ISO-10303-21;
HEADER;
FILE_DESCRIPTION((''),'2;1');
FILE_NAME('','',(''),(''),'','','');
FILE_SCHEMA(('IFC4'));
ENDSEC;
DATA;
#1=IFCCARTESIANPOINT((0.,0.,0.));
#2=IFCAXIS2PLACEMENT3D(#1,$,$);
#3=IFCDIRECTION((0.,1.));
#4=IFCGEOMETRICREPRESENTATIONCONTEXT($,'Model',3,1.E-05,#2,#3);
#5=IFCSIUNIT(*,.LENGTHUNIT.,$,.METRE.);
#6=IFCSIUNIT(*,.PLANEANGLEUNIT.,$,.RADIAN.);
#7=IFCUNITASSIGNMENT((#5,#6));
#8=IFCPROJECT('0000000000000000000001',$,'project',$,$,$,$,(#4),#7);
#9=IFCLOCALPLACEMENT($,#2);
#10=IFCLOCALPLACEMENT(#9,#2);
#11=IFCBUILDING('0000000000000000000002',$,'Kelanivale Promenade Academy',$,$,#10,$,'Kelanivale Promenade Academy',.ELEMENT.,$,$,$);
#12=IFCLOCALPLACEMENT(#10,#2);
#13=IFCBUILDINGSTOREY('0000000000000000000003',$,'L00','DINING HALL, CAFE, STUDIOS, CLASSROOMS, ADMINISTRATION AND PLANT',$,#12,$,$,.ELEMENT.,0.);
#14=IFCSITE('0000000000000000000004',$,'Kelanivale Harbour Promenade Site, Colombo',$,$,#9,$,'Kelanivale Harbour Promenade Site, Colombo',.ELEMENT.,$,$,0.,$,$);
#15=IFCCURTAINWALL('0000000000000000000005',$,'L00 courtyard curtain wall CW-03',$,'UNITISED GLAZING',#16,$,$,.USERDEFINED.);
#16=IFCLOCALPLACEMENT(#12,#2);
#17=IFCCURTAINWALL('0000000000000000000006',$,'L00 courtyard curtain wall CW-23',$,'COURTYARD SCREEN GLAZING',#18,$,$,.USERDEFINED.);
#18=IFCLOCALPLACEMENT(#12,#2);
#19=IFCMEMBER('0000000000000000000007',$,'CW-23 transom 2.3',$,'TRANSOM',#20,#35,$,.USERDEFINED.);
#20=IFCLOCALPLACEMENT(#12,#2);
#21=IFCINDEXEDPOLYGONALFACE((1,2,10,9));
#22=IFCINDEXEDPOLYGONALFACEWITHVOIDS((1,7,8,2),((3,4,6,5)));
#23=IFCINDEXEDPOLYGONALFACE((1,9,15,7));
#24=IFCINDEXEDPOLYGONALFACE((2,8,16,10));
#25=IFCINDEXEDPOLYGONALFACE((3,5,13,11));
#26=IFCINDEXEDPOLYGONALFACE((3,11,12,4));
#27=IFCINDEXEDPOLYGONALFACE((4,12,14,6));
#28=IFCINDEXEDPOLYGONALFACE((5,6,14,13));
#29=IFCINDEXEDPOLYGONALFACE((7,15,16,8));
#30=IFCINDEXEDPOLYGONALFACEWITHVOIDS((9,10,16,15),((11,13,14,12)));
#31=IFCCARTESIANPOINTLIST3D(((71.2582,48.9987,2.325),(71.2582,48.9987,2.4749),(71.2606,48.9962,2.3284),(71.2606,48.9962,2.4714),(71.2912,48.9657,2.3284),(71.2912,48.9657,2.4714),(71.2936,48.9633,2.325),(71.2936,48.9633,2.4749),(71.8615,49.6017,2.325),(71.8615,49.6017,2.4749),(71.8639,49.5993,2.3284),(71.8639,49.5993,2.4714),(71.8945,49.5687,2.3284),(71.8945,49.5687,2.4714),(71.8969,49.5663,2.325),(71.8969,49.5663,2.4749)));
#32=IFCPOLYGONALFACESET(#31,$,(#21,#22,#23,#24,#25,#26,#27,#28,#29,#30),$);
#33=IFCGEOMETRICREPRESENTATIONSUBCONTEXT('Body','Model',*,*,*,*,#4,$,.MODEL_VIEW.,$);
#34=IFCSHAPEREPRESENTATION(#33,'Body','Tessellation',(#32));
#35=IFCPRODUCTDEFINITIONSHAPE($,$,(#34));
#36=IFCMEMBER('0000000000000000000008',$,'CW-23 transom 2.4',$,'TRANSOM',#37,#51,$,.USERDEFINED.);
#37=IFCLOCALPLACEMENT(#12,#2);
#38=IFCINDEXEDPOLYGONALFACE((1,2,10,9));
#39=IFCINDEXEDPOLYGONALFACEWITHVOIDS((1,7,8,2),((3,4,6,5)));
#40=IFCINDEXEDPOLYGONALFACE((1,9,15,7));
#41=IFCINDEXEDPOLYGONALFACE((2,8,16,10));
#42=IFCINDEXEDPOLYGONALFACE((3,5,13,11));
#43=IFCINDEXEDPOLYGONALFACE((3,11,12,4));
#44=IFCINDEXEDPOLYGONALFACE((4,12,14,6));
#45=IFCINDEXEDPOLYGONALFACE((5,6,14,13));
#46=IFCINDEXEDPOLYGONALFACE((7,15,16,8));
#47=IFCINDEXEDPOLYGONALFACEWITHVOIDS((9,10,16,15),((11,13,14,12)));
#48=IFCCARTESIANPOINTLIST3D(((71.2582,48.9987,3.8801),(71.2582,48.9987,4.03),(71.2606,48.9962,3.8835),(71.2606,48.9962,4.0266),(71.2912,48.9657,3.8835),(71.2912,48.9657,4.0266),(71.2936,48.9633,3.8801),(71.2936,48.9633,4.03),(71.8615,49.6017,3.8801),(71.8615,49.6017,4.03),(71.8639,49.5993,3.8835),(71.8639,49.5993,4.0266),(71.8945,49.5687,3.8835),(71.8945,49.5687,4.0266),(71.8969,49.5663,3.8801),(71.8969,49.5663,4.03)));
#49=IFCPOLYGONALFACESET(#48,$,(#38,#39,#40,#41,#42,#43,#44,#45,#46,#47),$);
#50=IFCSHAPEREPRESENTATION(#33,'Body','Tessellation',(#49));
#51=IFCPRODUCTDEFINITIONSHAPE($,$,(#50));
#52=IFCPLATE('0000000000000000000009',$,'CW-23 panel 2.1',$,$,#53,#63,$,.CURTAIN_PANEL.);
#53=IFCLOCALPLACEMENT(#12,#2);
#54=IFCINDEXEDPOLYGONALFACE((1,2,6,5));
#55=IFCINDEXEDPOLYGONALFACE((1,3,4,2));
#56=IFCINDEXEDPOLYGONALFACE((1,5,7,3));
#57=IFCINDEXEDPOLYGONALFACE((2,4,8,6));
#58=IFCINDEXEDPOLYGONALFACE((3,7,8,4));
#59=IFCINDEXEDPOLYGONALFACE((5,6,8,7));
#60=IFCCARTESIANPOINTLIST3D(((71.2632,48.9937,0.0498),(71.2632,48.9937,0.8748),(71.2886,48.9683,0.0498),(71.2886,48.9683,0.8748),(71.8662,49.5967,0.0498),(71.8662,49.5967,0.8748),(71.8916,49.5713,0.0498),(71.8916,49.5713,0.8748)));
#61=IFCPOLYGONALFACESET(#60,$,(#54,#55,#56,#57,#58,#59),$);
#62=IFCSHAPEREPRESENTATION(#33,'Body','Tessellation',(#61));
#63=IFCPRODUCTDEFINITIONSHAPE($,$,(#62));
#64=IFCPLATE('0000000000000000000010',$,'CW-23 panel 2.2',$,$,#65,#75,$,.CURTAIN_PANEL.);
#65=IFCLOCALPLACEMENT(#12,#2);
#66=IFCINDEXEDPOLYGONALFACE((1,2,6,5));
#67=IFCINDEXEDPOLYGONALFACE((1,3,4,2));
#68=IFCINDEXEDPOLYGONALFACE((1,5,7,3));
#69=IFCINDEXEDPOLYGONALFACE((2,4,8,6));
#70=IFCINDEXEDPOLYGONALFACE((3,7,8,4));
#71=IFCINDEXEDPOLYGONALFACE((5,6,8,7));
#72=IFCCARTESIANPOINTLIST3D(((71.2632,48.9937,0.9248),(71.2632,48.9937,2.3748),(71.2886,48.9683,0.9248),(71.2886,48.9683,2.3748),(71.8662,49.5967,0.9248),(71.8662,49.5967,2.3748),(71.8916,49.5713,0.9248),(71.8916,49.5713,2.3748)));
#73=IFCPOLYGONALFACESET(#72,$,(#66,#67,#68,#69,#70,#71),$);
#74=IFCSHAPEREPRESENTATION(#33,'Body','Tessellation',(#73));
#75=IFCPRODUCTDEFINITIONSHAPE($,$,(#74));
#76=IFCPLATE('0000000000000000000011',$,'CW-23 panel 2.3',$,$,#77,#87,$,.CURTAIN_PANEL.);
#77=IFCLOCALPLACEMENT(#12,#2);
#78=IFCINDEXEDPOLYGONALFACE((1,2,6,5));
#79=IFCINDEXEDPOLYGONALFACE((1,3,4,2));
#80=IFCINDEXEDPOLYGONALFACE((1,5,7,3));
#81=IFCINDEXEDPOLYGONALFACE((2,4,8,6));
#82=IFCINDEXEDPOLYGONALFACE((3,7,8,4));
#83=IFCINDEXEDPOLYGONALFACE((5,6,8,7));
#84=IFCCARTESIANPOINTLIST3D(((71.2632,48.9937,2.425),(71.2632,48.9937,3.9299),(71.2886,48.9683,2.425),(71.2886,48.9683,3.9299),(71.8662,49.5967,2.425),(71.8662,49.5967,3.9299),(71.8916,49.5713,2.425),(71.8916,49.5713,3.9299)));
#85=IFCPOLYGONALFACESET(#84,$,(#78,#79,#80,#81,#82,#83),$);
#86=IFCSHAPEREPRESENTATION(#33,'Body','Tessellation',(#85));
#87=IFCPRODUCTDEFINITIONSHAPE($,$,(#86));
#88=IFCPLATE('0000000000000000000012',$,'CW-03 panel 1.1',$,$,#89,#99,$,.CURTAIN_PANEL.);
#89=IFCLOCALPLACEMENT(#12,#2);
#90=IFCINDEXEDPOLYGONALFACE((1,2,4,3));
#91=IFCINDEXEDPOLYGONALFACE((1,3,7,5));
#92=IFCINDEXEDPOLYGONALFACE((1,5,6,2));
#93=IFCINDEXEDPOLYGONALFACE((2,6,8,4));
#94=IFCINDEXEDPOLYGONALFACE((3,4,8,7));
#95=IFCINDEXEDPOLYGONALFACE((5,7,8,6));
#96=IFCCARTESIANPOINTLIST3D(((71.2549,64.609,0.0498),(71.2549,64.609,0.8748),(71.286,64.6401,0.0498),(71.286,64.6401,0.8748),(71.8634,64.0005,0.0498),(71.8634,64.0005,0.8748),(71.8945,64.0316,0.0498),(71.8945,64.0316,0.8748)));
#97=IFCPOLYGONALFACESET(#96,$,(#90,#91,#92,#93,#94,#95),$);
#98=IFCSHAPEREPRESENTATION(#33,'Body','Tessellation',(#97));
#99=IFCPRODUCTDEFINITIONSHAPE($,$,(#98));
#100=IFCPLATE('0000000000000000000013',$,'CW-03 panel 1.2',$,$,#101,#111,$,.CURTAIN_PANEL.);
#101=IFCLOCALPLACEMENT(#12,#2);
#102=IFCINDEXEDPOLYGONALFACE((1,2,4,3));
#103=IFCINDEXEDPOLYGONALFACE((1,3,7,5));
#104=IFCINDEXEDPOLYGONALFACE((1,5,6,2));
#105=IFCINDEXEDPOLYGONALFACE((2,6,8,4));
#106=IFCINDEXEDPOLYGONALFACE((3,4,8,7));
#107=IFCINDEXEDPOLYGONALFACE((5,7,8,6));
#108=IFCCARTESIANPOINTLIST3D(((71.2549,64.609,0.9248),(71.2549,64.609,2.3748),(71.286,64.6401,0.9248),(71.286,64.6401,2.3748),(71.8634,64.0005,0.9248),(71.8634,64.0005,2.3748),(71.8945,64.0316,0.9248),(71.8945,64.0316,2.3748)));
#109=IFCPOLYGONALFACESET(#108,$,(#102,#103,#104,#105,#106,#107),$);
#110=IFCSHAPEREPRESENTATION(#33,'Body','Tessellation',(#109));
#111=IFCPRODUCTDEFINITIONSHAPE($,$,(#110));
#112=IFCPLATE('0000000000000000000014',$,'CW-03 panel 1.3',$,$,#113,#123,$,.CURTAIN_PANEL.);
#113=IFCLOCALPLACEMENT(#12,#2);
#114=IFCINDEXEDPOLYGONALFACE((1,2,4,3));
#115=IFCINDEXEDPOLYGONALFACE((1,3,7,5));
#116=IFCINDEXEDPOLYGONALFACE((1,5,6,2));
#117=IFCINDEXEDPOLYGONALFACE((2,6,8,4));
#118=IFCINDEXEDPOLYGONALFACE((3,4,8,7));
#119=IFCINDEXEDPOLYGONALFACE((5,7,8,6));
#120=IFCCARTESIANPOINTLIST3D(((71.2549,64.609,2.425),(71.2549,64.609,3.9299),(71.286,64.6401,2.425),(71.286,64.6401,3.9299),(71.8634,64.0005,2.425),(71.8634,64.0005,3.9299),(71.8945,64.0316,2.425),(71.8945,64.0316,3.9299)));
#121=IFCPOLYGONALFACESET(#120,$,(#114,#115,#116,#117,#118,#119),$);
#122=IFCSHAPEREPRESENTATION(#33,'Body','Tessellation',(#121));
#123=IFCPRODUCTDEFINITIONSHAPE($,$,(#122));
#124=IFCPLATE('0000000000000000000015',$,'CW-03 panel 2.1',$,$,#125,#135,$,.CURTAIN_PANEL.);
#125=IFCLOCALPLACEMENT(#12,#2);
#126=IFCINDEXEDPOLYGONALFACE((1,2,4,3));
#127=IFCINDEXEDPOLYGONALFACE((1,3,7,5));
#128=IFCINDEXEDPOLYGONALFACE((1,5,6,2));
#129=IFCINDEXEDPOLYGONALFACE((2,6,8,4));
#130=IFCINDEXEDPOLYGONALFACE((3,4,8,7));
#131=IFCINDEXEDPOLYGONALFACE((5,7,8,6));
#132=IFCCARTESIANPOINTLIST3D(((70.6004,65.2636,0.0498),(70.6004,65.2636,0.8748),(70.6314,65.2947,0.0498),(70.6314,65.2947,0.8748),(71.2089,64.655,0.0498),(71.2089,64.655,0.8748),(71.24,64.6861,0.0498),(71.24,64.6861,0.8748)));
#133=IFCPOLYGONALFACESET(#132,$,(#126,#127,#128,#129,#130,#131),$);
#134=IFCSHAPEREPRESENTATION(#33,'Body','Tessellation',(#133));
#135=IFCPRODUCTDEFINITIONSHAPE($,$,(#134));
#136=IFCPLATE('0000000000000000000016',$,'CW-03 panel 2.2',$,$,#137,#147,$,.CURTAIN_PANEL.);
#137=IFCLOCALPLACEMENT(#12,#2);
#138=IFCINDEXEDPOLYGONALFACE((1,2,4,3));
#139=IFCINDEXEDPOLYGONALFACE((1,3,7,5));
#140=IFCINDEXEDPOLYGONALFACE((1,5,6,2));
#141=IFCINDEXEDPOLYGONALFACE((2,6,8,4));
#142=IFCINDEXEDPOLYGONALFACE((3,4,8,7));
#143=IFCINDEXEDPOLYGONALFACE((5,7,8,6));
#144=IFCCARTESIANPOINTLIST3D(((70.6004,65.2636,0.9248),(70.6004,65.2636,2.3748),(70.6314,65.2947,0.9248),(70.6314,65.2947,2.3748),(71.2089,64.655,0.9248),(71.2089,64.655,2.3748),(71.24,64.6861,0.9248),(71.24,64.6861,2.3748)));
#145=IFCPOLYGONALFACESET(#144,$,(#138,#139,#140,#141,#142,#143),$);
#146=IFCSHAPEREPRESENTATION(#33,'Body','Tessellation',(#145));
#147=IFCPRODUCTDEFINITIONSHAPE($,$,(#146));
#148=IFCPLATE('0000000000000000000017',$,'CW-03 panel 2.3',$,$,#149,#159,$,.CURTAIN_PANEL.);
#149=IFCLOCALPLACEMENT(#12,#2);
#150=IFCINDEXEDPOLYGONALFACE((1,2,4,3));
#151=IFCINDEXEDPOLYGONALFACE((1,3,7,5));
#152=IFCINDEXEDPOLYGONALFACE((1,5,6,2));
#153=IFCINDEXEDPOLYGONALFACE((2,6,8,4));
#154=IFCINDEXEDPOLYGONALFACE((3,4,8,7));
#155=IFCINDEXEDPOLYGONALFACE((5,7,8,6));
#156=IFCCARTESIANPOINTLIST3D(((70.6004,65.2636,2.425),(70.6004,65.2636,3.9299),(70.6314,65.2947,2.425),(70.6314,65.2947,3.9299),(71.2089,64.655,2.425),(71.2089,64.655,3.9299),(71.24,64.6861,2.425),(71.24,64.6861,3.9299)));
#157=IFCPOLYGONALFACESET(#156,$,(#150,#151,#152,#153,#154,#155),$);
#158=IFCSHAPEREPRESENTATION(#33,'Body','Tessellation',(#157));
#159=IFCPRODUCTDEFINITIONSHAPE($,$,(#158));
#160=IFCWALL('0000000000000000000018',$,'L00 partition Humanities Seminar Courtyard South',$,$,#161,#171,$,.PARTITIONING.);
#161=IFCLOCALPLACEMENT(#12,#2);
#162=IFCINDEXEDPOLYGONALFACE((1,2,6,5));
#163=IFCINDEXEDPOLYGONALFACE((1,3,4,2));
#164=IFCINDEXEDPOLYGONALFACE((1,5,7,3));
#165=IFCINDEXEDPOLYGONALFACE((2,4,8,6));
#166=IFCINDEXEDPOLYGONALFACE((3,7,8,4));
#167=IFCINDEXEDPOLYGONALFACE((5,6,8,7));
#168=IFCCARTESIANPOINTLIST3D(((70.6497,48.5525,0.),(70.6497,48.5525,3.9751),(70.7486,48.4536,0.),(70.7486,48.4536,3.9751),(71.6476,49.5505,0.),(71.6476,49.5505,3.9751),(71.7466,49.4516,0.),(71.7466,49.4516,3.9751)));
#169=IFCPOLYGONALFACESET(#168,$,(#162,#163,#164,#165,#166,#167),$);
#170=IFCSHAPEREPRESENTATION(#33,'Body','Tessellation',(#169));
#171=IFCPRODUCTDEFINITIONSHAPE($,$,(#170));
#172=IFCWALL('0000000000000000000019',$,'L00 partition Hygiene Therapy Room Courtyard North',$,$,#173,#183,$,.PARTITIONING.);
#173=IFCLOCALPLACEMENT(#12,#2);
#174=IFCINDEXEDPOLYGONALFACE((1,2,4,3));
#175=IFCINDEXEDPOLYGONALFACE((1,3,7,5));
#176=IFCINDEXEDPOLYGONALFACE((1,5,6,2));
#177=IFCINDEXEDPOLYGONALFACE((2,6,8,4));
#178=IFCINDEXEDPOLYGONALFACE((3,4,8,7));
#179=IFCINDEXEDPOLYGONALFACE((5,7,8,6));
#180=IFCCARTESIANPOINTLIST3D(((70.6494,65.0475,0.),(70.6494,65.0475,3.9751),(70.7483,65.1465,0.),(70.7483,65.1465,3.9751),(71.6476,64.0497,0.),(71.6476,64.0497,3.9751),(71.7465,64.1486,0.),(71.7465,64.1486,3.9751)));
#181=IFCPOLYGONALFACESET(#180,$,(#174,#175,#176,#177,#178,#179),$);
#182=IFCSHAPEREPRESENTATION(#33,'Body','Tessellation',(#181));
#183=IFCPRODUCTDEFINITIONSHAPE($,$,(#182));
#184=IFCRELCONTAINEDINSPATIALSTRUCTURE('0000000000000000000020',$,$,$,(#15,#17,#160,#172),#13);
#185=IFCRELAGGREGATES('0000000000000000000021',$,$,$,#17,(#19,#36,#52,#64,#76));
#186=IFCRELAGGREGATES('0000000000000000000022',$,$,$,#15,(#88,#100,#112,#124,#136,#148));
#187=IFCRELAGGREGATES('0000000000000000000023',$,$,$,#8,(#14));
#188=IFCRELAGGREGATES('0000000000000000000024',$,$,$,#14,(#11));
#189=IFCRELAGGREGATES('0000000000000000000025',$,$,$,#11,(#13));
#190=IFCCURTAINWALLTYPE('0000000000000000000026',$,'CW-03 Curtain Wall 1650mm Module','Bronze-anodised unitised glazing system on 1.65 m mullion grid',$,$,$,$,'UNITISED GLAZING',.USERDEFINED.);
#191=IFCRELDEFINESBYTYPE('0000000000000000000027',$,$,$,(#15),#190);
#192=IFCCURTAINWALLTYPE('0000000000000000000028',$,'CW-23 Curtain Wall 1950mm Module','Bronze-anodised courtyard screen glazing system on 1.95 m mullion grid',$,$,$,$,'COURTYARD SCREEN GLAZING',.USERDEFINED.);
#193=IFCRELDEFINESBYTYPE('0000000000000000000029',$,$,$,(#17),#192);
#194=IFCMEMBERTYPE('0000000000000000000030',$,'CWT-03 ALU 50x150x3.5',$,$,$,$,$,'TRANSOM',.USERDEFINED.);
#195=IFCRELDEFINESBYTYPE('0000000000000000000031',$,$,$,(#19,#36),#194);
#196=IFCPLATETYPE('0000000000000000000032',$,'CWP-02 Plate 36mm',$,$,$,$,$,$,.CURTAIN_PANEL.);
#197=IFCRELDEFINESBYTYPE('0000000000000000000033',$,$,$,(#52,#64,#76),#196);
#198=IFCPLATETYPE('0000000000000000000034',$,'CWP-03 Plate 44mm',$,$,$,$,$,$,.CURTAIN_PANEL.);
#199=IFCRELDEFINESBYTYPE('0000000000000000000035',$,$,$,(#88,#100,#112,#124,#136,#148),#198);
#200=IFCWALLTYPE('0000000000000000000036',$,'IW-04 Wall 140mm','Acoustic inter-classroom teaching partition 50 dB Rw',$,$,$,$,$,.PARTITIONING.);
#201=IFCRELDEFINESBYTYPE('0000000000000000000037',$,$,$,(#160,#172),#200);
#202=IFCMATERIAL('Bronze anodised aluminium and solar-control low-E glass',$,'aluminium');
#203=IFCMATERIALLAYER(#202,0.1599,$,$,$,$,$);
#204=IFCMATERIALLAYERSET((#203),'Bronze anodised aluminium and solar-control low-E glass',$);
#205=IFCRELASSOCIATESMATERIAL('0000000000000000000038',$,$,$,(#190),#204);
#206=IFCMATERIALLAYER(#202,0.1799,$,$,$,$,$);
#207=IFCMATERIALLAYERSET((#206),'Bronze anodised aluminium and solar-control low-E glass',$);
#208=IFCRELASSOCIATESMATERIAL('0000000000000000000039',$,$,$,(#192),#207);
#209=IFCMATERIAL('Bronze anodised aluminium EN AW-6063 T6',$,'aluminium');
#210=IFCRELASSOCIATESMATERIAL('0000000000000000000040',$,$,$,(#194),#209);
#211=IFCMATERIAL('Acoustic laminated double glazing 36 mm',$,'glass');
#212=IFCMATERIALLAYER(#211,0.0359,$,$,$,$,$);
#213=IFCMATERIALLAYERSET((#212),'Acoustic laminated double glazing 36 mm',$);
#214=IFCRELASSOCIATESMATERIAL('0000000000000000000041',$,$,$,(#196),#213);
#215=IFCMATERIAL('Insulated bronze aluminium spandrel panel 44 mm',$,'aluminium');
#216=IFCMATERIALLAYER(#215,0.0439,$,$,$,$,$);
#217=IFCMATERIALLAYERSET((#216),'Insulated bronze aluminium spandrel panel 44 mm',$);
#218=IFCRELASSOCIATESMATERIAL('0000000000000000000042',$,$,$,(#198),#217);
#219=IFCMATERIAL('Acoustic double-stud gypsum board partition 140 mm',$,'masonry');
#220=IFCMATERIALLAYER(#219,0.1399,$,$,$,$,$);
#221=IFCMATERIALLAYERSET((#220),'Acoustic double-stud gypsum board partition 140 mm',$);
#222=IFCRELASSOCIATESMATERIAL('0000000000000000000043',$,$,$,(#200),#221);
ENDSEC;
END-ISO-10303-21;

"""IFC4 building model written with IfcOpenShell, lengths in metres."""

from ifc_helpers import new_model, si_unit, direction, frame, frame_2d, origin, origin_2d, place, context, subcontext, project, spatial, rectangle, hollow_rectangle, extrude, material, layer, layer_set, material_profile, profile_set, type_object, element, aggregate, save


model = new_model("IFC4")

# Units and contexts
model_context = context("Model", 3, precision=1e-05, world=origin(), true_north=direction((0.0, 1.0)))
body_context = subcontext(model_context, "Body", "Model", "MODEL_VIEW")
ifc_project = project(units=[si_unit("LENGTHUNIT", "METRE"), si_unit("PLANEANGLEUNIT", "RADIAN")], contexts=[model_context])

# Site, building, storey
site_placement = place(None, origin())
site = spatial("IfcSite", under=ifc_project, at=site_placement, Name="Kelanivale Harbour Promenade Site, Colombo", LongName="Kelanivale Harbour Promenade Site, Colombo", CompositionType="ELEMENT", RefElevation=0.0)
building_placement = place(site_placement, origin())
building = spatial("IfcBuilding", under=site, at=building_placement, Name="Kelanivale Promenade Academy", LongName="Kelanivale Promenade Academy", CompositionType="ELEMENT")
storey_placement = place(building_placement, origin())
storey = spatial("IfcBuildingStorey", under=building, at=storey_placement, Name="L00", Description="DINING HALL, CAFE, STUDIOS, CLASSROOMS, ADMINISTRATION AND PLANT", CompositionType="ELEMENT", Elevation=0.0)

# Curtain walls
ifc_material_1 = material(Name="Bronze anodised aluminium and solar-control low-E glass", Category="aluminium")
ifc_layer_1 = layer(ifc_material_1, 0.1599)
ifc_layer_set_1 = layer_set([ifc_layer_1], Name="Bronze anodised aluminium and solar-control low-E glass")
curtain_wall_type_1 = type_object("IfcCurtainWallType", Name="CW-03 Curtain Wall 1650mm Module", Description="Bronze-anodised unitised glazing system on 1.65 m mullion grid", ElementType="UNITISED GLAZING", PredefinedType="USERDEFINED", material=ifc_layer_set_1)
curtain_wall_1_placement = place(storey_placement, origin())
curtain_wall_1 = element("IfcCurtainWall", 1, at=curtain_wall_1_placement, inside=storey, type_object=curtain_wall_type_1, Name="L00 courtyard curtain wall CW-03", ObjectType="UNITISED GLAZING", PredefinedType="USERDEFINED")
ifc_material_2 = material(Name="Bronze anodised aluminium EN AW-6063 T6", Category="aluminium")
ifc_layer_2 = layer(ifc_material_1, 0.1799)
ifc_layer_set_2 = layer_set([ifc_layer_2], Name="Bronze anodised aluminium and solar-control low-E glass")
curtain_wall_type_2 = type_object("IfcCurtainWallType", Name="CW-23 Curtain Wall 1950mm Module", Description="Bronze-anodised courtyard screen glazing system on 1.95 m mullion grid", ElementType="COURTYARD SCREEN GLAZING", PredefinedType="USERDEFINED", material=ifc_layer_set_2)
curtain_wall_2_placement = place(storey_placement, origin())
curtain_wall_2 = element("IfcCurtainWall", 2, at=curtain_wall_2_placement, inside=storey, type_object=curtain_wall_type_2, Name="L00 courtyard curtain wall CW-23", ObjectType="COURTYARD SCREEN GLAZING", PredefinedType="USERDEFINED")

# Members
ifc_material_profile_1 = material_profile(ifc_material_2, hollow_rectangle(XDim=0.05, YDim=0.1499, WallThickness=0.0034, at=origin_2d()), Name="ALU 50x150x3.5")
ifc_profile_set_1 = profile_set([ifc_material_profile_1], Name="Bronze anodised aluminium EN AW-6063 T6")
member_type_1 = type_object("IfcMemberType", Name="CWT-03 ALU 50x150x3.5", ElementType="TRANSOM", PredefinedType="USERDEFINED", material=ifc_profile_set_1)
member_1_placement = place(storey_placement, frame((71.2759, 48.981, 2.3999), z_axis=(0.70725, 0.706964, 0.0), x_axis=(-0.706964, 0.70725, 0.0)))
member_1 = element("IfcMember", 3, at=member_1_placement, type_object=member_type_1, Name="CW-23 transom 2.3", ObjectType="TRANSOM", PredefinedType="USERDEFINED", context=body_context, shape_type="SweptSolid", body=[
    extrude(hollow_rectangle(XDim=0.05, YDim=0.1499, WallThickness=0.0034, at=origin_2d()), origin(), (0.0, 0.0, 1.0), 0.853),
])
member_2_placement = place(storey_placement, frame((71.2759, 48.981, 3.9551), z_axis=(0.70725, 0.706964, 0.0), x_axis=(-0.706964, 0.70725, 0.0)))
member_2 = element("IfcMember", 4, at=member_2_placement, type_object=member_type_1, Name="CW-23 transom 2.4", ObjectType="TRANSOM", PredefinedType="USERDEFINED", context=body_context, shape_type="SweptSolid", body=[
    extrude(hollow_rectangle(XDim=0.05, YDim=0.1499, WallThickness=0.0034, at=origin_2d()), origin(), (0.0, 0.0, 1.0), 0.853),
])

# Plates
ifc_material_3 = material(Name="Acoustic laminated double glazing 36 mm", Category="glass")
ifc_layer_3 = layer(ifc_material_3, 0.0359)
ifc_layer_set_3 = layer_set([ifc_layer_3], Name="Acoustic laminated double glazing 36 mm")
plate_type_1 = type_object("IfcPlateType", Name="CWP-02 Plate 36mm", PredefinedType="CURTAIN_PANEL", material=ifc_layer_set_3)
plate_1_placement = place(storey_placement, frame((71.5774, 49.2825, 0.0498), z_axis=(0.0, 0.0, 1.0), x_axis=(0.707107, 0.707107, 0.0)))
plate_1 = element("IfcPlate", 5, at=plate_1_placement, type_object=plate_type_1, Name="CW-23 panel 2.1", PredefinedType="CURTAIN_PANEL", context=body_context, shape_type="SweptSolid", body=[
    extrude(rectangle(XDim=0.8528, YDim=0.0359, at=origin_2d()), origin(), (0.0, 0.0, 1.0), 0.825),
])
plate_2_placement = place(storey_placement, frame((71.5774, 49.2825, 0.9248), z_axis=(0.0, 0.0, 1.0), x_axis=(0.707107, 0.707107, 0.0)))
plate_2 = element("IfcPlate", 6, at=plate_2_placement, type_object=plate_type_1, Name="CW-23 panel 2.2", PredefinedType="CURTAIN_PANEL", context=body_context, shape_type="SweptSolid", body=[
    extrude(rectangle(XDim=0.8528, YDim=0.0359, at=origin_2d()), origin(), (0.0, 0.0, 1.0), 1.45),
])
plate_3_placement = place(storey_placement, frame((71.5774, 49.2825, 2.425), z_axis=(0.0, 0.0, 1.0), x_axis=(0.707107, 0.707107, 0.0)))
plate_3 = element("IfcPlate", 7, at=plate_3_placement, type_object=plate_type_1, Name="CW-23 panel 2.3", PredefinedType="CURTAIN_PANEL", context=body_context, shape_type="SweptSolid", body=[
    extrude(rectangle(XDim=0.8528, YDim=0.0359, at=origin_2d()), origin(), (0.0, 0.0, 1.0), 1.5049),
])
aggregate(curtain_wall_2, [member_1, member_2, plate_1, plate_2, plate_3])
ifc_material_4 = material(Name="Insulated bronze aluminium spandrel panel 44 mm", Category="aluminium")
ifc_layer_4 = layer(ifc_material_4, 0.0439)
ifc_layer_set_4 = layer_set([ifc_layer_4], Name="Insulated bronze aluminium spandrel panel 44 mm")
plate_type_2 = type_object("IfcPlateType", Name="CWP-03 Plate 44mm", PredefinedType="CURTAIN_PANEL", material=ifc_layer_set_4)
plate_4_placement = place(storey_placement, frame((71.5747, 64.3203, 0.0498), z_axis=(0.0, 0.0, 1.0), x_axis=(-0.707107, 0.707107, 0.0)))
plate_4 = element("IfcPlate", 8, at=plate_4_placement, type_object=plate_type_2, Name="CW-03 panel 1.1", PredefinedType="CURTAIN_PANEL", context=body_context, shape_type="SweptSolid", body=[
    extrude(rectangle(XDim=0.8606, YDim=0.0439, at=origin_2d()), origin(), (0.0, 0.0, 1.0), 0.825),
])
plate_5_placement = place(storey_placement, frame((71.5747, 64.3203, 0.9248), z_axis=(0.0, 0.0, 1.0), x_axis=(-0.707107, 0.707107, 0.0)))
plate_5 = element("IfcPlate", 9, at=plate_5_placement, type_object=plate_type_2, Name="CW-03 panel 1.2", PredefinedType="CURTAIN_PANEL", context=body_context, shape_type="SweptSolid", body=[
    extrude(rectangle(XDim=0.8606, YDim=0.0439, at=origin_2d()), origin(), (0.0, 0.0, 1.0), 1.45),
])
plate_6_placement = place(storey_placement, frame((71.5747, 64.3203, 2.425), z_axis=(0.0, 0.0, 1.0), x_axis=(-0.707107, 0.707107, 0.0)))
plate_6 = element("IfcPlate", 10, at=plate_6_placement, type_object=plate_type_2, Name="CW-03 panel 1.3", PredefinedType="CURTAIN_PANEL", context=body_context, shape_type="SweptSolid", body=[
    extrude(rectangle(XDim=0.8606, YDim=0.0439, at=origin_2d()), origin(), (0.0, 0.0, 1.0), 1.5049),
])
plate_7_placement = place(storey_placement, frame((70.9202, 64.9749, 0.0498), z_axis=(0.0, 0.0, 1.0), x_axis=(-0.707107, 0.707107, 0.0)))
plate_7 = element("IfcPlate", 11, at=plate_7_placement, type_object=plate_type_2, Name="CW-03 panel 2.1", PredefinedType="CURTAIN_PANEL", context=body_context, shape_type="SweptSolid", body=[
    extrude(rectangle(XDim=0.8606, YDim=0.0439, at=origin_2d()), origin(), (0.0, 0.0, 1.0), 0.825),
])
plate_8_placement = place(storey_placement, frame((70.9202, 64.9749, 0.9248), z_axis=(0.0, 0.0, 1.0), x_axis=(-0.707107, 0.707107, 0.0)))
plate_8 = element("IfcPlate", 12, at=plate_8_placement, type_object=plate_type_2, Name="CW-03 panel 2.2", PredefinedType="CURTAIN_PANEL", context=body_context, shape_type="SweptSolid", body=[
    extrude(rectangle(XDim=0.8606, YDim=0.0439, at=origin_2d()), origin(), (0.0, 0.0, 1.0), 1.45),
])
plate_9_placement = place(storey_placement, frame((70.9202, 64.9749, 2.425), z_axis=(0.0, 0.0, 1.0), x_axis=(-0.707107, 0.707107, 0.0)))
plate_9 = element("IfcPlate", 13, at=plate_9_placement, type_object=plate_type_2, Name="CW-03 panel 2.3", PredefinedType="CURTAIN_PANEL", context=body_context, shape_type="SweptSolid", body=[
    extrude(rectangle(XDim=0.8606, YDim=0.0439, at=origin_2d()), origin(), (0.0, 0.0, 1.0), 1.5049),
])
aggregate(curtain_wall_1, [plate_4, plate_5, plate_6, plate_7, plate_8, plate_9])

# Walls
ifc_material_5 = material(Name="Acoustic double-stud gypsum board partition 140 mm", Category="masonry")
ifc_layer_5 = layer(ifc_material_5, 0.1399)
ifc_layer_set_5 = layer_set([ifc_layer_5], Name="Acoustic double-stud gypsum board partition 140 mm")
wall_type = type_object("IfcWallType", Name="IW-04 Wall 140mm", Description="Acoustic inter-classroom teaching partition 50 dB Rw", PredefinedType="PARTITIONING", material=ifc_layer_set_5)
for number, where, z_axis, x_axis, name in (
    (14, (71.697, 49.501, 0.0), (0.0, 0.0, 1.0), (-0.707107, -0.707107, 0.0), "L00 partition Humanities Seminar Courtyard South"),
    (15, (70.699, 65.0969, 0.0), (0.0, 0.0, 1.0), (0.707193, -0.70702, 0.0), "L00 partition Hygiene Therapy Room Courtyard North"),
):
    element("IfcWall", number, at=place(storey_placement, frame(where, z_axis=z_axis, x_axis=x_axis)), inside=storey, type_object=wall_type, Name=name, PredefinedType="PARTITIONING", context=body_context, shape_type="SweptSolid", body=[
        extrude(rectangle(XDim=1.4114, YDim=0.1399, at=frame_2d((0.7056, 0.0))), origin(), (0.0, 0.0, 1.0), 3.9751),
    ])

save(model, "model.ifc")
